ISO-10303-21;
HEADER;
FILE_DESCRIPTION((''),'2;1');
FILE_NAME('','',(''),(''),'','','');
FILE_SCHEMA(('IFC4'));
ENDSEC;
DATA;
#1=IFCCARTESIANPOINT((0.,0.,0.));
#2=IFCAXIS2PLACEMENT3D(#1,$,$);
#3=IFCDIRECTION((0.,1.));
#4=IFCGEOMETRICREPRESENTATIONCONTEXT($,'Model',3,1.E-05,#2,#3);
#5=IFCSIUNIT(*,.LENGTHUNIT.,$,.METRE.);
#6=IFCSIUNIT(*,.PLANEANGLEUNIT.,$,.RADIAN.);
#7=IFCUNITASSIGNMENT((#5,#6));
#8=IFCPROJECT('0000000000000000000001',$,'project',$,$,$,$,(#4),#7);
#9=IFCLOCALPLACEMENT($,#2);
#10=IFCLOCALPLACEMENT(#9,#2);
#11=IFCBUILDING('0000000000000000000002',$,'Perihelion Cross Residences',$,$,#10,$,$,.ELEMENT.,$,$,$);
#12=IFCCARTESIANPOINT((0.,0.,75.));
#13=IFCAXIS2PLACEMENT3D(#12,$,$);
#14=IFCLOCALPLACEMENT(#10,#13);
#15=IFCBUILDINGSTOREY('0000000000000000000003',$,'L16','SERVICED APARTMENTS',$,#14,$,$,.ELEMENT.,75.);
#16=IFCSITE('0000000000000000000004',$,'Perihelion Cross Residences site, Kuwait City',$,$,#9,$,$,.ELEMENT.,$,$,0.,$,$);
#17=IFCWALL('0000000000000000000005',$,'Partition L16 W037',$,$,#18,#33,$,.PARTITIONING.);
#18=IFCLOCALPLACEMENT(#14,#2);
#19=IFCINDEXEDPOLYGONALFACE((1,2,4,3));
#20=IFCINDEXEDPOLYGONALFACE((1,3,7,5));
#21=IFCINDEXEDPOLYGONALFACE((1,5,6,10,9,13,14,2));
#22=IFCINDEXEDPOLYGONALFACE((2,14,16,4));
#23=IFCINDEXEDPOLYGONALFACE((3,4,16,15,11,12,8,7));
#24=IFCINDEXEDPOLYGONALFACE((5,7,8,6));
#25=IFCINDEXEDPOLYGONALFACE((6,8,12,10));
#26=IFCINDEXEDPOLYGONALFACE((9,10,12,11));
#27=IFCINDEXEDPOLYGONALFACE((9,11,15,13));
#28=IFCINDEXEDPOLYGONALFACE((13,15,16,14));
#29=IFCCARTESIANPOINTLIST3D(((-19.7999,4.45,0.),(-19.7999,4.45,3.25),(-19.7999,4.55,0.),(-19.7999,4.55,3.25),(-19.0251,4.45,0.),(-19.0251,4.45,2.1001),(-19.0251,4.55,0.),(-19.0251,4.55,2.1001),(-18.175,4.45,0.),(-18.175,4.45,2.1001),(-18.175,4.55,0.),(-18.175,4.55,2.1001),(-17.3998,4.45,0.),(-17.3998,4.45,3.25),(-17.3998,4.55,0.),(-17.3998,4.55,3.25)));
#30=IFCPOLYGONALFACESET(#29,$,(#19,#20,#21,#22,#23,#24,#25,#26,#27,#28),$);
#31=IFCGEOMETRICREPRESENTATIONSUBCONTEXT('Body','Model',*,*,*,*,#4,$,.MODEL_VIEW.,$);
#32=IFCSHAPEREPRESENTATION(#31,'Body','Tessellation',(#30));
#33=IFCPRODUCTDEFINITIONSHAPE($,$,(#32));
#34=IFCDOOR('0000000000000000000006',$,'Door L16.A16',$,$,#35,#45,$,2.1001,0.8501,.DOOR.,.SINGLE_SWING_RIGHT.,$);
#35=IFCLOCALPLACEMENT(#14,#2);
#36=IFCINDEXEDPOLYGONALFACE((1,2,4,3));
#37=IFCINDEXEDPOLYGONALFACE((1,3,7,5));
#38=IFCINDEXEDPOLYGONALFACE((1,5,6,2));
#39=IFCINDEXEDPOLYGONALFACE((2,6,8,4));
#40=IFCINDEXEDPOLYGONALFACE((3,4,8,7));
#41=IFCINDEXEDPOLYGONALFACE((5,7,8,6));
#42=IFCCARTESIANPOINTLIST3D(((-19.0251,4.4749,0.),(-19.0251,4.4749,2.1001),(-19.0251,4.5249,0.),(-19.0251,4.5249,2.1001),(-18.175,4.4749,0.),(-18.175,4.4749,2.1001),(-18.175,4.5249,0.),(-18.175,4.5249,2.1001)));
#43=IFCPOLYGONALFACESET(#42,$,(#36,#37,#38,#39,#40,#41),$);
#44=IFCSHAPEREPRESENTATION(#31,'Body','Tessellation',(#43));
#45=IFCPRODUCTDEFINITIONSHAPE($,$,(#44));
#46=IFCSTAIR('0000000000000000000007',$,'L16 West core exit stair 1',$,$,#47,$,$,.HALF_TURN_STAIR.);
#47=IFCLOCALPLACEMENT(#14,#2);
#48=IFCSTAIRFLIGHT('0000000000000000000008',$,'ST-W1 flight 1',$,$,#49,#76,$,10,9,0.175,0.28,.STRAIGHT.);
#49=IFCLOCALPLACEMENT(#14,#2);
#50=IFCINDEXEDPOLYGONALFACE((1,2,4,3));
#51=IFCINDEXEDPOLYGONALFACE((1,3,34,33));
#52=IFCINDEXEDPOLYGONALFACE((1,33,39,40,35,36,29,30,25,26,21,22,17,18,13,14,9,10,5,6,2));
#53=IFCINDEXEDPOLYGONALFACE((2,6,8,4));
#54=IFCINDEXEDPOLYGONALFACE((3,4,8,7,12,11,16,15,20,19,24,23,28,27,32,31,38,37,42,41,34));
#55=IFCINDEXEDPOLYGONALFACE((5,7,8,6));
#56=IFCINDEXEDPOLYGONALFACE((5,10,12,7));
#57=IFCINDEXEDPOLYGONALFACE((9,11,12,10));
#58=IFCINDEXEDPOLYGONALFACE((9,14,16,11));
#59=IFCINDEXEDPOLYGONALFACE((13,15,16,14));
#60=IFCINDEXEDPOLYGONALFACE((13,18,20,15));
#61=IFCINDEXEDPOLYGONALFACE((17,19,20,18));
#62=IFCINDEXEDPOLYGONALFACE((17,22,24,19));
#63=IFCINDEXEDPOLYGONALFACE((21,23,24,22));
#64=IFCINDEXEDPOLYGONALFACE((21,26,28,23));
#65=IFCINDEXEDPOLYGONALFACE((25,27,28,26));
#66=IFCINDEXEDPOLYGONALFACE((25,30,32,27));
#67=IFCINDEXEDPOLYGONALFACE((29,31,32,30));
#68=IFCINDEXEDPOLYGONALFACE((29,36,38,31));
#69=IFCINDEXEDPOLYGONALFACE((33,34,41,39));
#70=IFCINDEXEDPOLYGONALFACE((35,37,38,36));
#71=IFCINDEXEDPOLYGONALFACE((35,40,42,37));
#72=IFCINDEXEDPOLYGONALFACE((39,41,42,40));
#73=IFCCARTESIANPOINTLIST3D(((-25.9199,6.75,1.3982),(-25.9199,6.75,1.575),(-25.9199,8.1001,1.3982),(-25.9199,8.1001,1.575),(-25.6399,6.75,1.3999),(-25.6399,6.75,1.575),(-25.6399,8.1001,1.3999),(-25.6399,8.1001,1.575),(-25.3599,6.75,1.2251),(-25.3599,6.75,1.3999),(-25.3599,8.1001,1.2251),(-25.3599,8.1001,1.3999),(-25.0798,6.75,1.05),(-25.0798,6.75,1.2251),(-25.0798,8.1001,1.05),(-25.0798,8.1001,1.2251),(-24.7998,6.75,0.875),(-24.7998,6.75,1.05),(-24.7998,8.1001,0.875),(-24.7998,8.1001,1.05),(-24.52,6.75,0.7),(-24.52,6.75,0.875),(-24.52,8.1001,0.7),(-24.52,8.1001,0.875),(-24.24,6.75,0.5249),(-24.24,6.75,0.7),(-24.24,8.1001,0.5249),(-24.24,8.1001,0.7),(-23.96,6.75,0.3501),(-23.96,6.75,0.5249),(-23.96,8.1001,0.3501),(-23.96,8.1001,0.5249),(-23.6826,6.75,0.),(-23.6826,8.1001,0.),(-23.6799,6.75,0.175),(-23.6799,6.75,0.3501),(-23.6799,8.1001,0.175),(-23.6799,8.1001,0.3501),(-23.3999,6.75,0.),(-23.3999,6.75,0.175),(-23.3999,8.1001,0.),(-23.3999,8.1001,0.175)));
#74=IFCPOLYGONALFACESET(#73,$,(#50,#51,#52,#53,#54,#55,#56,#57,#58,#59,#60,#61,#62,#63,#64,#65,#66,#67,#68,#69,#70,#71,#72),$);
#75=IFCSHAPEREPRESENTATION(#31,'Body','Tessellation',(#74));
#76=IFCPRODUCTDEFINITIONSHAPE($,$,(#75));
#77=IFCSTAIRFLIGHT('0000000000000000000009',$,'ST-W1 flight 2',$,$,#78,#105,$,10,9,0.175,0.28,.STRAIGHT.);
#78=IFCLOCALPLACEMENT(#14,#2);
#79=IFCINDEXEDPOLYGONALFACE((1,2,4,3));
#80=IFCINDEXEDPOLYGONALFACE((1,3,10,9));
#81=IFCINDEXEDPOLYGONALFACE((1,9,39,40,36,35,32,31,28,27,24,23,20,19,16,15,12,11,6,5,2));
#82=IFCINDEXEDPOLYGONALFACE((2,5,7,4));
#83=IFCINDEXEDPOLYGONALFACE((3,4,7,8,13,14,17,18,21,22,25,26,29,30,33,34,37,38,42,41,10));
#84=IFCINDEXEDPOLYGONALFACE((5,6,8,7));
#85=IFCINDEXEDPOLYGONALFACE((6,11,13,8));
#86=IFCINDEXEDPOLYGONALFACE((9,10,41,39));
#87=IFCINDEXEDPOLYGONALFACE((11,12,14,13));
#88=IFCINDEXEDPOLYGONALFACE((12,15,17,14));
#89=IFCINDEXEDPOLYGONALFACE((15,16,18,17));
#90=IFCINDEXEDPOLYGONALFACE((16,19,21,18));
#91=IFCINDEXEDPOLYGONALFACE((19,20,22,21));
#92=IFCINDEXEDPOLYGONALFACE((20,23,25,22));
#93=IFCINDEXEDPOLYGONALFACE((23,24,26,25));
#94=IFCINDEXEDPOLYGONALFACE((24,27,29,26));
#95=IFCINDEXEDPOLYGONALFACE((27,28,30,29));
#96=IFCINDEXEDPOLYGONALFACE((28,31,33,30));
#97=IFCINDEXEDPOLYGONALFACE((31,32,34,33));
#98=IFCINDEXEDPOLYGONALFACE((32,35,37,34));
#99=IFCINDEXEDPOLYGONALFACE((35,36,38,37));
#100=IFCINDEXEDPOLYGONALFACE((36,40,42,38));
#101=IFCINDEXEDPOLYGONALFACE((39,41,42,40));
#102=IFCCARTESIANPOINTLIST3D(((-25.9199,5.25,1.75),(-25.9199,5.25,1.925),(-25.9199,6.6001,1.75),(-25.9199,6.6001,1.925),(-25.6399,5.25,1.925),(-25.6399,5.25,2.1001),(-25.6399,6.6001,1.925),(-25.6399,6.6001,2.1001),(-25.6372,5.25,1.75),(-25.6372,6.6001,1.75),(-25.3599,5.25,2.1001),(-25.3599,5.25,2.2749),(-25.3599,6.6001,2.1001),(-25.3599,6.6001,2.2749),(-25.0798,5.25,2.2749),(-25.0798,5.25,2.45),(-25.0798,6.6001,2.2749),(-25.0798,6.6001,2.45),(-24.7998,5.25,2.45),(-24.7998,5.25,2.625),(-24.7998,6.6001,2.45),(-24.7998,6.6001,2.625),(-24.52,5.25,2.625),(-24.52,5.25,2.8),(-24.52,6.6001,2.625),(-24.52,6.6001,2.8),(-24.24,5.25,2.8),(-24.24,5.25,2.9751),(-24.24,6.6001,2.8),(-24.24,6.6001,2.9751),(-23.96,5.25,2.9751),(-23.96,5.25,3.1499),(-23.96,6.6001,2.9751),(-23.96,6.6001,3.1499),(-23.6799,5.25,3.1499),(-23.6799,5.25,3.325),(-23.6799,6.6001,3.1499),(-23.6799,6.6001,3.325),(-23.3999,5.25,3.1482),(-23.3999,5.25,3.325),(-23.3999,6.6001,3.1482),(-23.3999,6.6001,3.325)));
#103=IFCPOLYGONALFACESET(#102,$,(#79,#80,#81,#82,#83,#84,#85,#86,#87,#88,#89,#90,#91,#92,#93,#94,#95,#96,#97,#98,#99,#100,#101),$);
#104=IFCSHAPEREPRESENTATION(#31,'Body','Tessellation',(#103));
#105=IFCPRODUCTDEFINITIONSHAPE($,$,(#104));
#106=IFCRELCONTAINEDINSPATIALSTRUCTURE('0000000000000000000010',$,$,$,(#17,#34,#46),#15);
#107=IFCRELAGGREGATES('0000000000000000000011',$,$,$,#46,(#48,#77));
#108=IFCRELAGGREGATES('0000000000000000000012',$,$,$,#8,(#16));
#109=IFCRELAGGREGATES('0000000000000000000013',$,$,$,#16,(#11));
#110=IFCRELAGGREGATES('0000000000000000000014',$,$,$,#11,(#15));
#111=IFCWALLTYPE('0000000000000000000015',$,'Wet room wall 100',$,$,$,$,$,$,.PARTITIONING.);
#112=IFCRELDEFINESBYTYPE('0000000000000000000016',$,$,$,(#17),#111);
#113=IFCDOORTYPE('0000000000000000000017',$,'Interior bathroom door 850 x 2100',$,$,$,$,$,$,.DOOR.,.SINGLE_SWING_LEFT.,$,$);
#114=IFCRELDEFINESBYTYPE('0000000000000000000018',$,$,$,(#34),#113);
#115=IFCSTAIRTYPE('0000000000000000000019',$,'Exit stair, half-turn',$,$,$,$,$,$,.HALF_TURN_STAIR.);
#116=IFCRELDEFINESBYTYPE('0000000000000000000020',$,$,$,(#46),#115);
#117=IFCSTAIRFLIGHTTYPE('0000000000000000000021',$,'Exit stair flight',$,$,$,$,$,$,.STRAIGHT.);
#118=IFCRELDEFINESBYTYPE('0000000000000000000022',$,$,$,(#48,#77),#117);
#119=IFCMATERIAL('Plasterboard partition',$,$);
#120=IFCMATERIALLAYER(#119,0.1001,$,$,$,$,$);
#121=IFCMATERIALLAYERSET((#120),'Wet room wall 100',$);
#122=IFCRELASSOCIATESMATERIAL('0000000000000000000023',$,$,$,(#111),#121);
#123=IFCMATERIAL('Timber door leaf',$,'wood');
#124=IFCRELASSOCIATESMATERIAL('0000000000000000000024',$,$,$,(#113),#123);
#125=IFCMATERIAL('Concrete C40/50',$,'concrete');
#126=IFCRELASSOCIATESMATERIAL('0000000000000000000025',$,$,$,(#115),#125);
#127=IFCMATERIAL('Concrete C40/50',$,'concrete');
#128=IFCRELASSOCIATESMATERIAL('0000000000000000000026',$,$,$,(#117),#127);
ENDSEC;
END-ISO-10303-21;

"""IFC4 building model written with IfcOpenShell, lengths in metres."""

from ifc_helpers import new_model, si_unit, direction, frame, frame_2d, origin, place, context, subcontext, project, spatial, polyline, rectangle, outline, extrude, material, layer, layer_set, type_object, element, fill, aggregate, save


model = new_model("IFC4")

# Units and contexts
model_context = context("Model", 3, precision=1e-05, world=origin(), true_north=direction((0.0, 1.0)))
body_context = subcontext(model_context, "Body", "Model", "MODEL_VIEW")
ifc_project = project(units=[si_unit("LENGTHUNIT", "METRE"), si_unit("PLANEANGLEUNIT", "RADIAN")], contexts=[model_context])

# Site, building, storey
site_placement = place(None, origin())
site = spatial("IfcSite", under=ifc_project, at=site_placement, Name="Perihelion Cross Residences site, Kuwait City", CompositionType="ELEMENT", RefElevation=0.0)
building_placement = place(site_placement, origin())
building = spatial("IfcBuilding", under=site, at=building_placement, Name="Perihelion Cross Residences", CompositionType="ELEMENT")
storey_placement = place(building_placement, frame((0.0, 0.0, 75.0)))
storey = spatial("IfcBuildingStorey", under=building, at=storey_placement, Name="L16", Description="SERVICED APARTMENTS", CompositionType="ELEMENT", Elevation=75.0)

# Shared definitions
ifc_material_1 = material(Name="Plasterboard partition")
ifc_layer_1 = layer(ifc_material_1, 0.1001)
ifc_layer_set_1 = layer_set([ifc_layer_1], Name="Wet room wall 100")
wall_type_1 = type_object("IfcWallType", Name="Wet room wall 100", PredefinedType="PARTITIONING", material=ifc_layer_set_1)

# Wall, opening, door
wall_1_placement = place(storey_placement, frame((-19.8, 4.5, 0.0), z_axis=(0.0, 0.0, 1.0), x_axis=(1.0, 0.0, 0.0)))
wall_1 = element("IfcWall", 1, at=wall_1_placement, inside=storey, type_object=wall_type_1, Name="Partition L16 W037", PredefinedType="PARTITIONING", context=body_context, shape_type="SweptSolid", body=[
    extrude(rectangle(XDim=2.4001, YDim=0.1001, at=frame_2d((1.2002, 0.0))), origin(), (0.0, 0.0, 1.0), 3.25),
])
opening_1_placement = place(wall_1_placement, frame((0.7749, 0.0, 0.0)))
opening_1 = element("IfcOpeningElement", 2, at=opening_1_placement, cuts=wall_1, PredefinedType="OPENING", context=body_context, shape_type="SweptSolid", body=[
    extrude(rectangle(XDim=0.8501, YDim=2.1001, at=frame_2d((0.425, 1.05))), frame((0.0, 0.0601, 0.0), z_axis=(0.0, -1.0, 0.0), x_axis=(1.0, 0.0, 0.0)), (0.0, 0.0, 1.0), 0.1201),
])
ifc_material_2 = material(Name="Timber door leaf", Category="wood")
door_type_1 = type_object("IfcDoorType", Name="Interior bathroom door 850 x 2100", OperationType="SINGLE_SWING_LEFT", PredefinedType="DOOR", material=ifc_material_2)
door_1_placement = place(opening_1_placement, origin())
door_1 = element("IfcDoor", 3, at=door_1_placement, inside=storey, type_object=door_type_1, Name="Door L16.A16", OperationType="SINGLE_SWING_RIGHT", OverallHeight=2.1001, OverallWidth=0.8501, PredefinedType="DOOR", context=body_context, shape_type="SweptSolid", body=[
    extrude(rectangle(XDim=0.8501, YDim=2.1001, at=frame_2d((0.425, 1.05))), frame((0.0, 0.0249, 0.0), z_axis=(0.0, -1.0, 0.0), x_axis=(1.0, 0.0, 0.0)), (0.0, 0.0, 1.0), 0.05),
])
fill(opening_1, door_1)

# Stair, stair flights
ifc_material_3 = material(Name="Concrete C40/50", Category="concrete")
stair_type = type_object("IfcStairType", Name="Exit stair, half-turn", PredefinedType="HALF_TURN_STAIR", material=ifc_material_3)
stair_placement = place(storey_placement, origin())
stair = element("IfcStair", 4, at=stair_placement, inside=storey, type_object=stair_type, Name="L16 West core exit stair 1", PredefinedType="HALF_TURN_STAIR")
ifc_material_4 = material(Name="Concrete C40/50", Category="concrete")
stair_flight_type = type_object("IfcStairFlightType", Name="Exit stair flight", PredefinedType="STRAIGHT", material=ifc_material_4)
stair_flight_1_placement = place(storey_placement, frame((-23.3999, 7.425, 0.0), z_axis=(0.0, 0.0, 1.0), x_axis=(-1.0, 0.0, 0.0)))
stair_flight_1 = element("IfcStairFlight", 5, at=stair_flight_1_placement, type_object=stair_flight_type, Name="ST-W1 flight 1", NumberOfRisers=10, NumberOfTreads=9, PredefinedType="STRAIGHT", RiserHeight=0.175, TreadLength=0.28, context=body_context, shape_type="SweptSolid", body=[
    extrude(outline(polyline([(0.0, 0.0), (0.0, 0.175), (0.28, 0.175), (0.28, 0.3501), (0.5601, 0.3501), (0.5601, 0.5249), (0.8401, 0.5249), (0.8401, 0.7), (1.1201, 0.7), (1.1201, 0.875), (1.3999, 0.875), (1.3999, 1.05), (1.6799, 1.05), (1.6799, 1.2251), (1.96, 1.2251), (1.96, 1.3999), (2.24, 1.3999), (2.24, 1.575), (2.52, 1.575), (2.52, 1.75), (2.52, 1.3982), (0.2827, 0.0), (0.0, 0.0)])), frame((0.0, 0.675, 0.0), z_axis=(0.0, -1.0, 0.0), x_axis=(1.0, 0.0, 0.0)), (0.0, 0.0, 1.0), 1.3501),
])
stair_flight_2_placement = place(storey_placement, frame((-25.9199, 5.925, 1.75), z_axis=(0.0, 0.0, 1.0), x_axis=(1.0, 0.0, 0.0)))
stair_flight_2 = element("IfcStairFlight", 6, at=stair_flight_2_placement, type_object=stair_flight_type, Name="ST-W1 flight 2", NumberOfRisers=10, NumberOfTreads=9, PredefinedType="STRAIGHT", RiserHeight=0.175, TreadLength=0.28, context=body_context, shape_type="SweptSolid", body=[
    extrude(outline(polyline([(0.0, 0.0), (0.0, 0.175), (0.28, 0.175), (0.28, 0.3501), (0.5601, 0.3501), (0.5601, 0.5249), (0.8401, 0.5249), (0.8401, 0.7), (1.1201, 0.7), (1.1201, 0.875), (1.3999, 0.875), (1.3999, 1.05), (1.6799, 1.05), (1.6799, 1.2251), (1.96, 1.2251), (1.96, 1.3999), (2.24, 1.3999), (2.24, 1.575), (2.52, 1.575), (2.52, 1.75), (2.52, 1.3982), (0.2827, 0.0), (0.0, 0.0)])), frame((0.0, 0.675, 0.0), z_axis=(0.0, -1.0, 0.0), x_axis=(1.0, 0.0, 0.0)), (0.0, 0.0, 1.0), 1.3501),
])
aggregate(stair, [stair_flight_1, stair_flight_2])

save(model, "model.ifc")
